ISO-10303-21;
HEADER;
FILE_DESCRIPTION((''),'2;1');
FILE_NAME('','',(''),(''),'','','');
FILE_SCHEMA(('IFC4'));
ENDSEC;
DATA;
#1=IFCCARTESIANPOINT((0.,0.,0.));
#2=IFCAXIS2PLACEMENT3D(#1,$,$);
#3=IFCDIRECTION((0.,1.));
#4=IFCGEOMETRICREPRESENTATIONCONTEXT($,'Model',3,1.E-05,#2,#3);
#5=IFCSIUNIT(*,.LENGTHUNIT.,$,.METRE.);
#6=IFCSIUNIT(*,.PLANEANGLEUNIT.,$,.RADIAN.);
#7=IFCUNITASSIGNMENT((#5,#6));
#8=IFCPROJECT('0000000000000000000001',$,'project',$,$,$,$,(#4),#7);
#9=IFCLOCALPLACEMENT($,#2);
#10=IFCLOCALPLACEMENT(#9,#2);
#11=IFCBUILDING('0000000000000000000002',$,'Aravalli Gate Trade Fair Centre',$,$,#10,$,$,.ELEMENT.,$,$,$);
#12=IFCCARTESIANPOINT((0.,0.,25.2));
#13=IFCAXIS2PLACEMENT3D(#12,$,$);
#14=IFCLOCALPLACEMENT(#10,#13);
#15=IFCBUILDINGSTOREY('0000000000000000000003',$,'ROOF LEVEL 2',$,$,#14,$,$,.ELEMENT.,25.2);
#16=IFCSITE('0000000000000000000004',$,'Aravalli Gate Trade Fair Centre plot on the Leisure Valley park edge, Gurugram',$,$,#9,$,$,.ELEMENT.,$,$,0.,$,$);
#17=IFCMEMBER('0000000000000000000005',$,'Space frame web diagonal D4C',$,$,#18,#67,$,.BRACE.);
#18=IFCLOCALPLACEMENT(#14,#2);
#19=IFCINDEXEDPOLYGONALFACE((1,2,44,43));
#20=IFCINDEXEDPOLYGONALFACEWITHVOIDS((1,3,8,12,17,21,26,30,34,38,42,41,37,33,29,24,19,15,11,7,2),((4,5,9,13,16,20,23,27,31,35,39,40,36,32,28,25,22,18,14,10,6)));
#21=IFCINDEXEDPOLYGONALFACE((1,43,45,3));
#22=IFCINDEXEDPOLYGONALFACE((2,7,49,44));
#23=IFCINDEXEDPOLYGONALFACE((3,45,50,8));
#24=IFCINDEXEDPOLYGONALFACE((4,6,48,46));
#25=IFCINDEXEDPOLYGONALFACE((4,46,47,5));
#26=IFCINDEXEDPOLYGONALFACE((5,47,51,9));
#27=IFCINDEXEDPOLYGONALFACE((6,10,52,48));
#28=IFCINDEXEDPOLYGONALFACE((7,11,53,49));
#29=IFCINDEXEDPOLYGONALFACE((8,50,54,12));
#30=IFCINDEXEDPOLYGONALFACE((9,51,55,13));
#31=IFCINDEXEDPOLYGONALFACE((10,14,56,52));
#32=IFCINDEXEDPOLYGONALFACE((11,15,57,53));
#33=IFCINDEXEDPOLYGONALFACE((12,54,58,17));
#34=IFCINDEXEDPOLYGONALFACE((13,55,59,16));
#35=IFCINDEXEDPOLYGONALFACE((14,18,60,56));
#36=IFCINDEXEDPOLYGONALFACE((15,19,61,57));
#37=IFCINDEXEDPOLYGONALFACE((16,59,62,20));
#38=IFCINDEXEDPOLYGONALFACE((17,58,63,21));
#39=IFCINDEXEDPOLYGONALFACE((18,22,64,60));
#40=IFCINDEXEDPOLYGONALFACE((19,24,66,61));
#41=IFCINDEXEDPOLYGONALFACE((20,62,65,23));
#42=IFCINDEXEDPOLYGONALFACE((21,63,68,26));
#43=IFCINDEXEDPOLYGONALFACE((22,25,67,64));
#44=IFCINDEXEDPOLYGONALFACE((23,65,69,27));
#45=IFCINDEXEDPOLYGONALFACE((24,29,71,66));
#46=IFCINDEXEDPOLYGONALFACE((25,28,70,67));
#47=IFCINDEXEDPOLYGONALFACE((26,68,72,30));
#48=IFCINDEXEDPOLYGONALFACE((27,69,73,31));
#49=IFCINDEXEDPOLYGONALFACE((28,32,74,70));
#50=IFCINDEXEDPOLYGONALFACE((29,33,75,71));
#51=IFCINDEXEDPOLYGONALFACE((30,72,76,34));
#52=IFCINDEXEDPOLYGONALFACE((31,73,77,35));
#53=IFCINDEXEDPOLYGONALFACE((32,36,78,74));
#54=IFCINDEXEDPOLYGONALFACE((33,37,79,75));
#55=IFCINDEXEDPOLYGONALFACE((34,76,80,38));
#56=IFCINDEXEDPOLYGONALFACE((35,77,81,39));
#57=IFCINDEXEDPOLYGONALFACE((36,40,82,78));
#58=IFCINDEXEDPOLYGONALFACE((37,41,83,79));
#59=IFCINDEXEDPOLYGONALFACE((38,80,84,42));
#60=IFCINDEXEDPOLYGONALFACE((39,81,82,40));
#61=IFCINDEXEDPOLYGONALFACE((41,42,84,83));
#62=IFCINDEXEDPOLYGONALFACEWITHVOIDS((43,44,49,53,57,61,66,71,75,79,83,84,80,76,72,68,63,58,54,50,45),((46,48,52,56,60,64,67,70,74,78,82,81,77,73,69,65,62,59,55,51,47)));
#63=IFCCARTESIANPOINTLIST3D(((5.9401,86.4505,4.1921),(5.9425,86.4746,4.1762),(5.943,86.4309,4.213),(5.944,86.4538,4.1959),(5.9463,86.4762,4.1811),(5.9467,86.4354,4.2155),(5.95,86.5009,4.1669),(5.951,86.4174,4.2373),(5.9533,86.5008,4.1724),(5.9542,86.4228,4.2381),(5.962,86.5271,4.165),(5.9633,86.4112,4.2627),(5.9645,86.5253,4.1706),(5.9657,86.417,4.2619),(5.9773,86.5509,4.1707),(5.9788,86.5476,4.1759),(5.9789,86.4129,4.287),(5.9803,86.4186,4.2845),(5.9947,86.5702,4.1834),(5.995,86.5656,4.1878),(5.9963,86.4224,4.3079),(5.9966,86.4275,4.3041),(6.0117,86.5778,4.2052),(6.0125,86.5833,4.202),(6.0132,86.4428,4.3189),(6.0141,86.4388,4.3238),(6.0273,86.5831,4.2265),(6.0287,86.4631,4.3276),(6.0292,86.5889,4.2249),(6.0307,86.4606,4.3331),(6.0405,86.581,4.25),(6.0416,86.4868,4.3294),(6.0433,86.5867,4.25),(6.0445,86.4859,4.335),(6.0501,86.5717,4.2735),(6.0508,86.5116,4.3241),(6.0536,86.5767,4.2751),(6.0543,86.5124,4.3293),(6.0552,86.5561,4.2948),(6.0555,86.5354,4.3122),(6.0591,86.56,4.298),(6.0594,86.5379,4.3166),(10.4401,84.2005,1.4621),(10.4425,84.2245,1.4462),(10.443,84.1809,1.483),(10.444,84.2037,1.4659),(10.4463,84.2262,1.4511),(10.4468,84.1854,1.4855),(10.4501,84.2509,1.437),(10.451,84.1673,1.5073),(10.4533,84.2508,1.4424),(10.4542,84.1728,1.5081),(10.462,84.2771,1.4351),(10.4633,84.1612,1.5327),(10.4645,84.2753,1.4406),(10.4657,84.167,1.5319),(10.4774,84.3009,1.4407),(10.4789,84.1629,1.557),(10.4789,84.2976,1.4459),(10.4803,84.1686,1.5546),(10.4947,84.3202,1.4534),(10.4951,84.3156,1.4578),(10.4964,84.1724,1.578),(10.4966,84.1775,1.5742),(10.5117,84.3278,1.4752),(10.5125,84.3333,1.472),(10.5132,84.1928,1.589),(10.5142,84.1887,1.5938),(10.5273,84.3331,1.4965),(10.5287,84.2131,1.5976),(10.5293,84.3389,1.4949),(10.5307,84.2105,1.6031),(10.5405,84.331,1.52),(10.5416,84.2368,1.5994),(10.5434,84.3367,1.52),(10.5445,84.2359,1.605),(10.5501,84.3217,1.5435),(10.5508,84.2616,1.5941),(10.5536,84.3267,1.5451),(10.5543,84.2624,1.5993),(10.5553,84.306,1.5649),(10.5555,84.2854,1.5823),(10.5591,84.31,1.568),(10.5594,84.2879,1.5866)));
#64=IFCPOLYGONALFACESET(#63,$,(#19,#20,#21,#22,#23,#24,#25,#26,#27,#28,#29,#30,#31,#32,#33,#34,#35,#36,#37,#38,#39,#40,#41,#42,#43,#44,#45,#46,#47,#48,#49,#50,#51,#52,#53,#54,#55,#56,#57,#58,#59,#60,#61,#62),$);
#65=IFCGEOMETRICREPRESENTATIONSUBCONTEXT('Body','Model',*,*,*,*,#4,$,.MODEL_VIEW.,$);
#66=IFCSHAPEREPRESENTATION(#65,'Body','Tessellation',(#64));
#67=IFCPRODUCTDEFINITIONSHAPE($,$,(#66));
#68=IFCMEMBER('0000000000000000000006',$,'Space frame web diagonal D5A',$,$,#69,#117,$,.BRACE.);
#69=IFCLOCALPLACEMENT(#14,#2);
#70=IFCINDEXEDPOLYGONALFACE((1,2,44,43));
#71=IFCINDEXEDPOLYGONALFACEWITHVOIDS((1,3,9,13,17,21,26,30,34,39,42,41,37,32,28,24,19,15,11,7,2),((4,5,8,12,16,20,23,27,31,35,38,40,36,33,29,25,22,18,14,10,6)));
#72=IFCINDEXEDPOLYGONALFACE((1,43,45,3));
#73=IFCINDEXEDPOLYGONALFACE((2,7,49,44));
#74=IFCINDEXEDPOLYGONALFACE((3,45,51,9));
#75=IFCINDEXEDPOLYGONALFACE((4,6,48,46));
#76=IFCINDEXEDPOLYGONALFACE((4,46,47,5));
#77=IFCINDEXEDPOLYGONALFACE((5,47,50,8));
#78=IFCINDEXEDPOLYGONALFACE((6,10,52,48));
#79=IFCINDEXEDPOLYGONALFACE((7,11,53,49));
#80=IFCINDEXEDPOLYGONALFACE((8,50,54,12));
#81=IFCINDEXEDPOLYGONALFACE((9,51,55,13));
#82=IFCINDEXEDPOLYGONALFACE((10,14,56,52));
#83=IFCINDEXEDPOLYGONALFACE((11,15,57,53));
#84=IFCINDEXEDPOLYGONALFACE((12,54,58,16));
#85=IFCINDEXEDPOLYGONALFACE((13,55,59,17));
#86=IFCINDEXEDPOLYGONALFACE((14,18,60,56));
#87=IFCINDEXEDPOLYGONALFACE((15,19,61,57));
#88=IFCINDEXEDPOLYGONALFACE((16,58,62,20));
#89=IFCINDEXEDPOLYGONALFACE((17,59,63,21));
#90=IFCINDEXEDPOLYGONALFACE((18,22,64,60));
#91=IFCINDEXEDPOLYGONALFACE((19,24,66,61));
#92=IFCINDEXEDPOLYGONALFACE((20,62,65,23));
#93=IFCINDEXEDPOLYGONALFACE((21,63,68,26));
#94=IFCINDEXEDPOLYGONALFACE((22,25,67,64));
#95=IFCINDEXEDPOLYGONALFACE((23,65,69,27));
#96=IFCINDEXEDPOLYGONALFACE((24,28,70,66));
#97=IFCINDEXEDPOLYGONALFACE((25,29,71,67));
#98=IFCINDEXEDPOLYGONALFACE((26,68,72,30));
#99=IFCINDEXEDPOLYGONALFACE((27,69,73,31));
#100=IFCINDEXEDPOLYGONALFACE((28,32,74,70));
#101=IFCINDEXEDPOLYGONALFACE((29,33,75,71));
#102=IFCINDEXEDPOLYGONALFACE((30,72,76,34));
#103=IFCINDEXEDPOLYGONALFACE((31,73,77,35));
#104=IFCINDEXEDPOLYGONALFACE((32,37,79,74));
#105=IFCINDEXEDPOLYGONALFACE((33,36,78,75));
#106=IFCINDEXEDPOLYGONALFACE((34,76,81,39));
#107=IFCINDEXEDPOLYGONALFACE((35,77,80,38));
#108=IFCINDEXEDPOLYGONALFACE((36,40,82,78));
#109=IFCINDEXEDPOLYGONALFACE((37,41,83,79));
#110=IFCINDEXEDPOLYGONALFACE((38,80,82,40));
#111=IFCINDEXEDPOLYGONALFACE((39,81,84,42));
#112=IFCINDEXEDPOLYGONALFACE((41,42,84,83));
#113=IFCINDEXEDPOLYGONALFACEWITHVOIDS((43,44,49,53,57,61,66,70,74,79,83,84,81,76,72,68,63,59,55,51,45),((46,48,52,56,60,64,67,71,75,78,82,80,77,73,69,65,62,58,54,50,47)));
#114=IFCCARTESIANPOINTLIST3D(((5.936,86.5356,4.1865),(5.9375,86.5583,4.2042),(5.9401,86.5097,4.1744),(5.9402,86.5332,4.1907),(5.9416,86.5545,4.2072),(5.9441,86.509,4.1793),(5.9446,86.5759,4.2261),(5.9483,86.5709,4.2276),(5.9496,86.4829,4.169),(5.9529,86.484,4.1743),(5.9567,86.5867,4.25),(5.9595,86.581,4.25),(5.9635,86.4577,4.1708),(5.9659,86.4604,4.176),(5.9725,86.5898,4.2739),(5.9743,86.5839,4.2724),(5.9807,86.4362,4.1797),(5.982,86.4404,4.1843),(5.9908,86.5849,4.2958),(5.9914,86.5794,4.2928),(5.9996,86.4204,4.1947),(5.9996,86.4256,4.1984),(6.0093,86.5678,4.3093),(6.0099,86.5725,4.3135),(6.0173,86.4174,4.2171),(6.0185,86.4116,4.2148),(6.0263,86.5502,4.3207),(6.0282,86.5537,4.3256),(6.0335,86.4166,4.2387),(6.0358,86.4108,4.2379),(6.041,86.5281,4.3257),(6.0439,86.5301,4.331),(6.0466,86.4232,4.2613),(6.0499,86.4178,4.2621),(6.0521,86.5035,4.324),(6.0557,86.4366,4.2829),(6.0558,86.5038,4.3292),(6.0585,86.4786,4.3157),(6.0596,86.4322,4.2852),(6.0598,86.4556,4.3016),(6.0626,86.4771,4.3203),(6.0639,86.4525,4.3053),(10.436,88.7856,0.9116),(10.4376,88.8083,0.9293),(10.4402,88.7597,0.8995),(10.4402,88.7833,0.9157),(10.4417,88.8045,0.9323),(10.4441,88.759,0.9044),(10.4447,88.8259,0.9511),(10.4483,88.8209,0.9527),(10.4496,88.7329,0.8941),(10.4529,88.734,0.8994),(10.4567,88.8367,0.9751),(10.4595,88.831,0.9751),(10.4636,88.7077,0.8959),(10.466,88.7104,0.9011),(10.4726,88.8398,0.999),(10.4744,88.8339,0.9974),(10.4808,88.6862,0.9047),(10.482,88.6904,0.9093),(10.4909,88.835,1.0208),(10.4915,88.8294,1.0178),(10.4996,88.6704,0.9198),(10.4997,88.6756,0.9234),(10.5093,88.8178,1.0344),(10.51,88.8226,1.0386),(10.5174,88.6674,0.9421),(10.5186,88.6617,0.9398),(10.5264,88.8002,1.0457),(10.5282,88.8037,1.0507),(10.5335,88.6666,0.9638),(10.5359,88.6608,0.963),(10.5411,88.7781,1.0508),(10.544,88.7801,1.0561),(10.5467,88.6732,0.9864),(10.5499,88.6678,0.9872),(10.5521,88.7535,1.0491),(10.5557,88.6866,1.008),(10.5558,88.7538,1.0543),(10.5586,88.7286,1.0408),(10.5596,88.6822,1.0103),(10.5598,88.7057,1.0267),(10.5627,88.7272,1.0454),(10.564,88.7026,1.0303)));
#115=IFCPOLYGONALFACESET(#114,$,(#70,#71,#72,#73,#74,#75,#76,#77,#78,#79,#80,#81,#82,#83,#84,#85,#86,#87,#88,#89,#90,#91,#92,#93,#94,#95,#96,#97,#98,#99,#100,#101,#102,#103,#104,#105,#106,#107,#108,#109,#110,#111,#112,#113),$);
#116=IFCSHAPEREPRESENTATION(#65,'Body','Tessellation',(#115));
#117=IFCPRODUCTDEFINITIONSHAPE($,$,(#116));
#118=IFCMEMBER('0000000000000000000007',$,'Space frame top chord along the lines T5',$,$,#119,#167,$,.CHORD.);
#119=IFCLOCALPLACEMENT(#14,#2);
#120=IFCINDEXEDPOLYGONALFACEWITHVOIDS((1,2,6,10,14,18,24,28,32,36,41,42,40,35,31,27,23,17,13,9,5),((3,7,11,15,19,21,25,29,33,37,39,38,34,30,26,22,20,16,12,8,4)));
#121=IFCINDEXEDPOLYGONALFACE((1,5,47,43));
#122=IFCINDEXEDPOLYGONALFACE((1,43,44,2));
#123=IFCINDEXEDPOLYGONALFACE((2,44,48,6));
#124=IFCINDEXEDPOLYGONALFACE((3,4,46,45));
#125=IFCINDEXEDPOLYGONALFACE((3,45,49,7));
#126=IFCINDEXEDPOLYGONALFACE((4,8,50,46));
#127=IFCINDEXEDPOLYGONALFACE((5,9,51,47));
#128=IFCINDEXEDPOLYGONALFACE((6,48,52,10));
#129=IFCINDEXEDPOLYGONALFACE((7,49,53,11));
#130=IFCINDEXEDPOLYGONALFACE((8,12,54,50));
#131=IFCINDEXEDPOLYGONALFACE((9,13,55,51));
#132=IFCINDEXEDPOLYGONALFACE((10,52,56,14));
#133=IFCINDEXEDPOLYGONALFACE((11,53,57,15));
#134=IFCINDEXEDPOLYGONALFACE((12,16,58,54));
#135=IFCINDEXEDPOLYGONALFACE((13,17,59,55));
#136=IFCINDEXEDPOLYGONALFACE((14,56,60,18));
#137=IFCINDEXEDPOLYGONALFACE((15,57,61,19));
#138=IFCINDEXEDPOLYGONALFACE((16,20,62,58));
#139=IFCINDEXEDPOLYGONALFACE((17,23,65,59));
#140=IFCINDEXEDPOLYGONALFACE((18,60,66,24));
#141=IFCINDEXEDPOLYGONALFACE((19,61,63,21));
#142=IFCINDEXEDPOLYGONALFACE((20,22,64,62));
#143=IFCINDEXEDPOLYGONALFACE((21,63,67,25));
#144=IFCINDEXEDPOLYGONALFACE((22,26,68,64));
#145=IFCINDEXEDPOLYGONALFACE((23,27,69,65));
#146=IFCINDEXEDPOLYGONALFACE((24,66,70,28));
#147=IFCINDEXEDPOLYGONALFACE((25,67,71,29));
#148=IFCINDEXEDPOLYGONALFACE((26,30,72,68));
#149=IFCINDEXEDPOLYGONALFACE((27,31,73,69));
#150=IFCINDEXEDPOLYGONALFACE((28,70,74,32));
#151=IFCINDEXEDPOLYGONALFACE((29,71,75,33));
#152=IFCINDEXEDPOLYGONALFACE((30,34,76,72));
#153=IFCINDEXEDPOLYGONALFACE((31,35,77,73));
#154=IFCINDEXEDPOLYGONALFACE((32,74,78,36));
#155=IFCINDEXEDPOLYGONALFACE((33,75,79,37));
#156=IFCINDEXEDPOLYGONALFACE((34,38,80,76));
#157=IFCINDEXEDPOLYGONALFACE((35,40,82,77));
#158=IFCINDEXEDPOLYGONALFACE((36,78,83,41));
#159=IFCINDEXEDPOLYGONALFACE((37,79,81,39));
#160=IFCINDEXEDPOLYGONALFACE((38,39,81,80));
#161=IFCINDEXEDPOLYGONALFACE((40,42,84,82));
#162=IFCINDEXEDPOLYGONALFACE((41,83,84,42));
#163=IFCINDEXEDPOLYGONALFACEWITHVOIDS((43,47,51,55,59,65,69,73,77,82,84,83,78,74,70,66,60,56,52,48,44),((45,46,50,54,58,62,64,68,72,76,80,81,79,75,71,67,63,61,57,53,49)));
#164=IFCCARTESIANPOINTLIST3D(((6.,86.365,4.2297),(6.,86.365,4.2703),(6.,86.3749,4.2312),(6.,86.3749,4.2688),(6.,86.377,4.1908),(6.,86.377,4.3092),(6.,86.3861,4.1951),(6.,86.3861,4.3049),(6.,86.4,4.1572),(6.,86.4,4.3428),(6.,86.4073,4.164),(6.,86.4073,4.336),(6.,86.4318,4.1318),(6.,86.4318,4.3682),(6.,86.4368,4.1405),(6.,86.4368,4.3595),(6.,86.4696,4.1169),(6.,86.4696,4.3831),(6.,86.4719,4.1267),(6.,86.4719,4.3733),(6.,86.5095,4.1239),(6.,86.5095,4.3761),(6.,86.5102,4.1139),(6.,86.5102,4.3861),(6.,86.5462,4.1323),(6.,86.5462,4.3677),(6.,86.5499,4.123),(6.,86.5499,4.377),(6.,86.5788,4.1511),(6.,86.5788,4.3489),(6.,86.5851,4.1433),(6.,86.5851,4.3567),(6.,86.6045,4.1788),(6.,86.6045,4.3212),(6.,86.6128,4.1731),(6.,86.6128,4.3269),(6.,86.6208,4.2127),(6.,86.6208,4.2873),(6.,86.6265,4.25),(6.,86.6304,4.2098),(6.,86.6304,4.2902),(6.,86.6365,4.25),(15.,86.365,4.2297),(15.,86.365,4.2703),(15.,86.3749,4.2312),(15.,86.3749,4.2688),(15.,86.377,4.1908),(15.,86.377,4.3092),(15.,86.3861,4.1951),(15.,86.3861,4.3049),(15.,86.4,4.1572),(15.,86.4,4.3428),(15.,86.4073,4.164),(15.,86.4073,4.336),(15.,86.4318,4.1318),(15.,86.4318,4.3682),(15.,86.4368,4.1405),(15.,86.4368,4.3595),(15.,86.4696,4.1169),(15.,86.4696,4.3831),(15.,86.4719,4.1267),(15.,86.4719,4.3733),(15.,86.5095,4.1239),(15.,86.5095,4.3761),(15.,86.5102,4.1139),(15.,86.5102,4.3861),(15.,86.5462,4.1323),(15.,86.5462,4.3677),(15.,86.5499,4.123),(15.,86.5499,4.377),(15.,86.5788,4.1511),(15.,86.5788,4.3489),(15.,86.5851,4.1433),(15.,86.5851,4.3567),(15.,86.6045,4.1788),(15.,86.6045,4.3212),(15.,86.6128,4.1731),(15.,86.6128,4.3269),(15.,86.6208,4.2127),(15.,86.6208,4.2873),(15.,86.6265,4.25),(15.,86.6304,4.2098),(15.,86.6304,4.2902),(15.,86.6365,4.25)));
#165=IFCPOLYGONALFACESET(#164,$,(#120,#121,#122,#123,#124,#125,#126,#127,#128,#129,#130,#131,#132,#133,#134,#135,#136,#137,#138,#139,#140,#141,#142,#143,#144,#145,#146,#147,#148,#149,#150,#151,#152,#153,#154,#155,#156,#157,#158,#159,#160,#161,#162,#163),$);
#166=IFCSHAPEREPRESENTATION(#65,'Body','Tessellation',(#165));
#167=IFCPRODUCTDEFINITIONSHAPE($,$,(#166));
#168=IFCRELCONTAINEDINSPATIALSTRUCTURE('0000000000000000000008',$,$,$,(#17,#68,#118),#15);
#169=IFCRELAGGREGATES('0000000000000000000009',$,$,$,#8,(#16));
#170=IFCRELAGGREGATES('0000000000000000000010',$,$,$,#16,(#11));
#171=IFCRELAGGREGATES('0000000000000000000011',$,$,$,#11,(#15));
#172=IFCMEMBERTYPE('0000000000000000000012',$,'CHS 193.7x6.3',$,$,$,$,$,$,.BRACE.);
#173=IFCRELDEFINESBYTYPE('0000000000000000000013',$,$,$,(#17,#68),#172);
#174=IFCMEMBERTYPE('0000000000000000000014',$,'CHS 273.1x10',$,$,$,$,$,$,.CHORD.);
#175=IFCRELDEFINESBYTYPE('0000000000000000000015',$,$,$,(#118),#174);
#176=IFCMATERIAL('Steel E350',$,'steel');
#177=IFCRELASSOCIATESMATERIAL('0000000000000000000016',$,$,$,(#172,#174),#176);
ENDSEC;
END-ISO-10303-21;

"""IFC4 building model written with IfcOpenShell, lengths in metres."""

from ifc_helpers import new_model, si_unit, direction, frame, origin, origin_2d, place, context, subcontext, project, spatial, hollow_circle, extrude, material, material_profile, profile_set, type_object, element, save


model = new_model("IFC4")

# Units and contexts
model_context = context("Model", 3, precision=1e-05, world=origin(), true_north=direction((0.0, 1.0)))
body_context = subcontext(model_context, "Body", "Model", "MODEL_VIEW")
ifc_project = project(units=[si_unit("LENGTHUNIT", "METRE"), si_unit("PLANEANGLEUNIT", "RADIAN")], contexts=[model_context])

# Site, building, storey
site_placement = place(None, origin())
site = spatial("IfcSite", under=ifc_project, at=site_placement, Name="Aravalli Gate Trade Fair Centre plot on the Leisure Valley park edge, Gurugram", CompositionType="ELEMENT", RefElevation=0.0)
building_placement = place(site_placement, origin())
building = spatial("IfcBuilding", under=site, at=building_placement, Name="Aravalli Gate Trade Fair Centre", CompositionType="ELEMENT")
storey_placement = place(building_placement, frame((0.0, 0.0, 25.2)))
storey = spatial("IfcBuildingStorey", under=building, at=storey_placement, Name="ROOF LEVEL 2", CompositionType="ELEMENT", Elevation=25.2)

# Members
ifc_material_1 = material(Name="Steel E350", Category="steel")
ifc_material_profile_1 = material_profile(ifc_material_1, hollow_circle(Radius=0.0969, WallThickness=0.0063, at=origin_2d()), Name="CHS 193.7x6.3")
ifc_profile_set_1 = profile_set([ifc_material_profile_1], Name="Steel E350")
member_type_1 = type_object("IfcMemberType", Name="CHS 193.7x6.3", PredefinedType="BRACE", material=ifc_profile_set_1)
member_1_placement = place(storey_placement, frame((6.0, 86.5, 4.25), z_axis=(0.78615, -0.393075, -0.476928), x_axis=(0.447214, 0.894427, 0.0)))
element("IfcMember", 1, at=member_1_placement, inside=storey, type_object=member_type_1, Name="Space frame web diagonal D4C", PredefinedType="BRACE", context=body_context, shape_type="SweptSolid", body=[
    extrude(hollow_circle(Radius=0.0969, WallThickness=0.0063, at=origin_2d()), origin(), (0.0, 0.0, 1.0), 5.7241),
])
member_2_placement = place(storey_placement, frame((6.0, 86.5, 4.25), z_axis=(0.74961, 0.374805, -0.545533), x_axis=(-0.447214, 0.894427, 0.0)))
element("IfcMember", 2, at=member_2_placement, inside=storey, type_object=member_type_1, Name="Space frame web diagonal D5A", PredefinedType="BRACE", context=body_context, shape_type="SweptSolid", body=[
    extrude(hollow_circle(Radius=0.0969, WallThickness=0.0063, at=origin_2d()), origin(), (0.0, 0.0, 1.0), 6.0032),
])
ifc_material_profile_2 = material_profile(ifc_material_1, hollow_circle(Radius=0.1365, WallThickness=0.01, at=origin_2d()), Name="CHS 273.1x10")
ifc_profile_set_2 = profile_set([ifc_material_profile_2], Name="Steel E350")
member_type_2 = type_object("IfcMemberType", Name="CHS 273.1x10", PredefinedType="CHORD", material=ifc_profile_set_2)
member_3_placement = place(storey_placement, frame((6.0, 86.5, 4.25), z_axis=(1.0, 0.0, 0.0), x_axis=(0.0, 1.0, 0.0)))
element("IfcMember", 3, at=member_3_placement, inside=storey, type_object=member_type_2, Name="Space frame top chord along the lines T5", PredefinedType="CHORD", context=body_context, shape_type="SweptSolid", body=[
    extrude(hollow_circle(Radius=0.1365, WallThickness=0.01, at=origin_2d()), origin(), (0.0, 0.0, 1.0), 9.0),
])

save(model, "model.ifc")
